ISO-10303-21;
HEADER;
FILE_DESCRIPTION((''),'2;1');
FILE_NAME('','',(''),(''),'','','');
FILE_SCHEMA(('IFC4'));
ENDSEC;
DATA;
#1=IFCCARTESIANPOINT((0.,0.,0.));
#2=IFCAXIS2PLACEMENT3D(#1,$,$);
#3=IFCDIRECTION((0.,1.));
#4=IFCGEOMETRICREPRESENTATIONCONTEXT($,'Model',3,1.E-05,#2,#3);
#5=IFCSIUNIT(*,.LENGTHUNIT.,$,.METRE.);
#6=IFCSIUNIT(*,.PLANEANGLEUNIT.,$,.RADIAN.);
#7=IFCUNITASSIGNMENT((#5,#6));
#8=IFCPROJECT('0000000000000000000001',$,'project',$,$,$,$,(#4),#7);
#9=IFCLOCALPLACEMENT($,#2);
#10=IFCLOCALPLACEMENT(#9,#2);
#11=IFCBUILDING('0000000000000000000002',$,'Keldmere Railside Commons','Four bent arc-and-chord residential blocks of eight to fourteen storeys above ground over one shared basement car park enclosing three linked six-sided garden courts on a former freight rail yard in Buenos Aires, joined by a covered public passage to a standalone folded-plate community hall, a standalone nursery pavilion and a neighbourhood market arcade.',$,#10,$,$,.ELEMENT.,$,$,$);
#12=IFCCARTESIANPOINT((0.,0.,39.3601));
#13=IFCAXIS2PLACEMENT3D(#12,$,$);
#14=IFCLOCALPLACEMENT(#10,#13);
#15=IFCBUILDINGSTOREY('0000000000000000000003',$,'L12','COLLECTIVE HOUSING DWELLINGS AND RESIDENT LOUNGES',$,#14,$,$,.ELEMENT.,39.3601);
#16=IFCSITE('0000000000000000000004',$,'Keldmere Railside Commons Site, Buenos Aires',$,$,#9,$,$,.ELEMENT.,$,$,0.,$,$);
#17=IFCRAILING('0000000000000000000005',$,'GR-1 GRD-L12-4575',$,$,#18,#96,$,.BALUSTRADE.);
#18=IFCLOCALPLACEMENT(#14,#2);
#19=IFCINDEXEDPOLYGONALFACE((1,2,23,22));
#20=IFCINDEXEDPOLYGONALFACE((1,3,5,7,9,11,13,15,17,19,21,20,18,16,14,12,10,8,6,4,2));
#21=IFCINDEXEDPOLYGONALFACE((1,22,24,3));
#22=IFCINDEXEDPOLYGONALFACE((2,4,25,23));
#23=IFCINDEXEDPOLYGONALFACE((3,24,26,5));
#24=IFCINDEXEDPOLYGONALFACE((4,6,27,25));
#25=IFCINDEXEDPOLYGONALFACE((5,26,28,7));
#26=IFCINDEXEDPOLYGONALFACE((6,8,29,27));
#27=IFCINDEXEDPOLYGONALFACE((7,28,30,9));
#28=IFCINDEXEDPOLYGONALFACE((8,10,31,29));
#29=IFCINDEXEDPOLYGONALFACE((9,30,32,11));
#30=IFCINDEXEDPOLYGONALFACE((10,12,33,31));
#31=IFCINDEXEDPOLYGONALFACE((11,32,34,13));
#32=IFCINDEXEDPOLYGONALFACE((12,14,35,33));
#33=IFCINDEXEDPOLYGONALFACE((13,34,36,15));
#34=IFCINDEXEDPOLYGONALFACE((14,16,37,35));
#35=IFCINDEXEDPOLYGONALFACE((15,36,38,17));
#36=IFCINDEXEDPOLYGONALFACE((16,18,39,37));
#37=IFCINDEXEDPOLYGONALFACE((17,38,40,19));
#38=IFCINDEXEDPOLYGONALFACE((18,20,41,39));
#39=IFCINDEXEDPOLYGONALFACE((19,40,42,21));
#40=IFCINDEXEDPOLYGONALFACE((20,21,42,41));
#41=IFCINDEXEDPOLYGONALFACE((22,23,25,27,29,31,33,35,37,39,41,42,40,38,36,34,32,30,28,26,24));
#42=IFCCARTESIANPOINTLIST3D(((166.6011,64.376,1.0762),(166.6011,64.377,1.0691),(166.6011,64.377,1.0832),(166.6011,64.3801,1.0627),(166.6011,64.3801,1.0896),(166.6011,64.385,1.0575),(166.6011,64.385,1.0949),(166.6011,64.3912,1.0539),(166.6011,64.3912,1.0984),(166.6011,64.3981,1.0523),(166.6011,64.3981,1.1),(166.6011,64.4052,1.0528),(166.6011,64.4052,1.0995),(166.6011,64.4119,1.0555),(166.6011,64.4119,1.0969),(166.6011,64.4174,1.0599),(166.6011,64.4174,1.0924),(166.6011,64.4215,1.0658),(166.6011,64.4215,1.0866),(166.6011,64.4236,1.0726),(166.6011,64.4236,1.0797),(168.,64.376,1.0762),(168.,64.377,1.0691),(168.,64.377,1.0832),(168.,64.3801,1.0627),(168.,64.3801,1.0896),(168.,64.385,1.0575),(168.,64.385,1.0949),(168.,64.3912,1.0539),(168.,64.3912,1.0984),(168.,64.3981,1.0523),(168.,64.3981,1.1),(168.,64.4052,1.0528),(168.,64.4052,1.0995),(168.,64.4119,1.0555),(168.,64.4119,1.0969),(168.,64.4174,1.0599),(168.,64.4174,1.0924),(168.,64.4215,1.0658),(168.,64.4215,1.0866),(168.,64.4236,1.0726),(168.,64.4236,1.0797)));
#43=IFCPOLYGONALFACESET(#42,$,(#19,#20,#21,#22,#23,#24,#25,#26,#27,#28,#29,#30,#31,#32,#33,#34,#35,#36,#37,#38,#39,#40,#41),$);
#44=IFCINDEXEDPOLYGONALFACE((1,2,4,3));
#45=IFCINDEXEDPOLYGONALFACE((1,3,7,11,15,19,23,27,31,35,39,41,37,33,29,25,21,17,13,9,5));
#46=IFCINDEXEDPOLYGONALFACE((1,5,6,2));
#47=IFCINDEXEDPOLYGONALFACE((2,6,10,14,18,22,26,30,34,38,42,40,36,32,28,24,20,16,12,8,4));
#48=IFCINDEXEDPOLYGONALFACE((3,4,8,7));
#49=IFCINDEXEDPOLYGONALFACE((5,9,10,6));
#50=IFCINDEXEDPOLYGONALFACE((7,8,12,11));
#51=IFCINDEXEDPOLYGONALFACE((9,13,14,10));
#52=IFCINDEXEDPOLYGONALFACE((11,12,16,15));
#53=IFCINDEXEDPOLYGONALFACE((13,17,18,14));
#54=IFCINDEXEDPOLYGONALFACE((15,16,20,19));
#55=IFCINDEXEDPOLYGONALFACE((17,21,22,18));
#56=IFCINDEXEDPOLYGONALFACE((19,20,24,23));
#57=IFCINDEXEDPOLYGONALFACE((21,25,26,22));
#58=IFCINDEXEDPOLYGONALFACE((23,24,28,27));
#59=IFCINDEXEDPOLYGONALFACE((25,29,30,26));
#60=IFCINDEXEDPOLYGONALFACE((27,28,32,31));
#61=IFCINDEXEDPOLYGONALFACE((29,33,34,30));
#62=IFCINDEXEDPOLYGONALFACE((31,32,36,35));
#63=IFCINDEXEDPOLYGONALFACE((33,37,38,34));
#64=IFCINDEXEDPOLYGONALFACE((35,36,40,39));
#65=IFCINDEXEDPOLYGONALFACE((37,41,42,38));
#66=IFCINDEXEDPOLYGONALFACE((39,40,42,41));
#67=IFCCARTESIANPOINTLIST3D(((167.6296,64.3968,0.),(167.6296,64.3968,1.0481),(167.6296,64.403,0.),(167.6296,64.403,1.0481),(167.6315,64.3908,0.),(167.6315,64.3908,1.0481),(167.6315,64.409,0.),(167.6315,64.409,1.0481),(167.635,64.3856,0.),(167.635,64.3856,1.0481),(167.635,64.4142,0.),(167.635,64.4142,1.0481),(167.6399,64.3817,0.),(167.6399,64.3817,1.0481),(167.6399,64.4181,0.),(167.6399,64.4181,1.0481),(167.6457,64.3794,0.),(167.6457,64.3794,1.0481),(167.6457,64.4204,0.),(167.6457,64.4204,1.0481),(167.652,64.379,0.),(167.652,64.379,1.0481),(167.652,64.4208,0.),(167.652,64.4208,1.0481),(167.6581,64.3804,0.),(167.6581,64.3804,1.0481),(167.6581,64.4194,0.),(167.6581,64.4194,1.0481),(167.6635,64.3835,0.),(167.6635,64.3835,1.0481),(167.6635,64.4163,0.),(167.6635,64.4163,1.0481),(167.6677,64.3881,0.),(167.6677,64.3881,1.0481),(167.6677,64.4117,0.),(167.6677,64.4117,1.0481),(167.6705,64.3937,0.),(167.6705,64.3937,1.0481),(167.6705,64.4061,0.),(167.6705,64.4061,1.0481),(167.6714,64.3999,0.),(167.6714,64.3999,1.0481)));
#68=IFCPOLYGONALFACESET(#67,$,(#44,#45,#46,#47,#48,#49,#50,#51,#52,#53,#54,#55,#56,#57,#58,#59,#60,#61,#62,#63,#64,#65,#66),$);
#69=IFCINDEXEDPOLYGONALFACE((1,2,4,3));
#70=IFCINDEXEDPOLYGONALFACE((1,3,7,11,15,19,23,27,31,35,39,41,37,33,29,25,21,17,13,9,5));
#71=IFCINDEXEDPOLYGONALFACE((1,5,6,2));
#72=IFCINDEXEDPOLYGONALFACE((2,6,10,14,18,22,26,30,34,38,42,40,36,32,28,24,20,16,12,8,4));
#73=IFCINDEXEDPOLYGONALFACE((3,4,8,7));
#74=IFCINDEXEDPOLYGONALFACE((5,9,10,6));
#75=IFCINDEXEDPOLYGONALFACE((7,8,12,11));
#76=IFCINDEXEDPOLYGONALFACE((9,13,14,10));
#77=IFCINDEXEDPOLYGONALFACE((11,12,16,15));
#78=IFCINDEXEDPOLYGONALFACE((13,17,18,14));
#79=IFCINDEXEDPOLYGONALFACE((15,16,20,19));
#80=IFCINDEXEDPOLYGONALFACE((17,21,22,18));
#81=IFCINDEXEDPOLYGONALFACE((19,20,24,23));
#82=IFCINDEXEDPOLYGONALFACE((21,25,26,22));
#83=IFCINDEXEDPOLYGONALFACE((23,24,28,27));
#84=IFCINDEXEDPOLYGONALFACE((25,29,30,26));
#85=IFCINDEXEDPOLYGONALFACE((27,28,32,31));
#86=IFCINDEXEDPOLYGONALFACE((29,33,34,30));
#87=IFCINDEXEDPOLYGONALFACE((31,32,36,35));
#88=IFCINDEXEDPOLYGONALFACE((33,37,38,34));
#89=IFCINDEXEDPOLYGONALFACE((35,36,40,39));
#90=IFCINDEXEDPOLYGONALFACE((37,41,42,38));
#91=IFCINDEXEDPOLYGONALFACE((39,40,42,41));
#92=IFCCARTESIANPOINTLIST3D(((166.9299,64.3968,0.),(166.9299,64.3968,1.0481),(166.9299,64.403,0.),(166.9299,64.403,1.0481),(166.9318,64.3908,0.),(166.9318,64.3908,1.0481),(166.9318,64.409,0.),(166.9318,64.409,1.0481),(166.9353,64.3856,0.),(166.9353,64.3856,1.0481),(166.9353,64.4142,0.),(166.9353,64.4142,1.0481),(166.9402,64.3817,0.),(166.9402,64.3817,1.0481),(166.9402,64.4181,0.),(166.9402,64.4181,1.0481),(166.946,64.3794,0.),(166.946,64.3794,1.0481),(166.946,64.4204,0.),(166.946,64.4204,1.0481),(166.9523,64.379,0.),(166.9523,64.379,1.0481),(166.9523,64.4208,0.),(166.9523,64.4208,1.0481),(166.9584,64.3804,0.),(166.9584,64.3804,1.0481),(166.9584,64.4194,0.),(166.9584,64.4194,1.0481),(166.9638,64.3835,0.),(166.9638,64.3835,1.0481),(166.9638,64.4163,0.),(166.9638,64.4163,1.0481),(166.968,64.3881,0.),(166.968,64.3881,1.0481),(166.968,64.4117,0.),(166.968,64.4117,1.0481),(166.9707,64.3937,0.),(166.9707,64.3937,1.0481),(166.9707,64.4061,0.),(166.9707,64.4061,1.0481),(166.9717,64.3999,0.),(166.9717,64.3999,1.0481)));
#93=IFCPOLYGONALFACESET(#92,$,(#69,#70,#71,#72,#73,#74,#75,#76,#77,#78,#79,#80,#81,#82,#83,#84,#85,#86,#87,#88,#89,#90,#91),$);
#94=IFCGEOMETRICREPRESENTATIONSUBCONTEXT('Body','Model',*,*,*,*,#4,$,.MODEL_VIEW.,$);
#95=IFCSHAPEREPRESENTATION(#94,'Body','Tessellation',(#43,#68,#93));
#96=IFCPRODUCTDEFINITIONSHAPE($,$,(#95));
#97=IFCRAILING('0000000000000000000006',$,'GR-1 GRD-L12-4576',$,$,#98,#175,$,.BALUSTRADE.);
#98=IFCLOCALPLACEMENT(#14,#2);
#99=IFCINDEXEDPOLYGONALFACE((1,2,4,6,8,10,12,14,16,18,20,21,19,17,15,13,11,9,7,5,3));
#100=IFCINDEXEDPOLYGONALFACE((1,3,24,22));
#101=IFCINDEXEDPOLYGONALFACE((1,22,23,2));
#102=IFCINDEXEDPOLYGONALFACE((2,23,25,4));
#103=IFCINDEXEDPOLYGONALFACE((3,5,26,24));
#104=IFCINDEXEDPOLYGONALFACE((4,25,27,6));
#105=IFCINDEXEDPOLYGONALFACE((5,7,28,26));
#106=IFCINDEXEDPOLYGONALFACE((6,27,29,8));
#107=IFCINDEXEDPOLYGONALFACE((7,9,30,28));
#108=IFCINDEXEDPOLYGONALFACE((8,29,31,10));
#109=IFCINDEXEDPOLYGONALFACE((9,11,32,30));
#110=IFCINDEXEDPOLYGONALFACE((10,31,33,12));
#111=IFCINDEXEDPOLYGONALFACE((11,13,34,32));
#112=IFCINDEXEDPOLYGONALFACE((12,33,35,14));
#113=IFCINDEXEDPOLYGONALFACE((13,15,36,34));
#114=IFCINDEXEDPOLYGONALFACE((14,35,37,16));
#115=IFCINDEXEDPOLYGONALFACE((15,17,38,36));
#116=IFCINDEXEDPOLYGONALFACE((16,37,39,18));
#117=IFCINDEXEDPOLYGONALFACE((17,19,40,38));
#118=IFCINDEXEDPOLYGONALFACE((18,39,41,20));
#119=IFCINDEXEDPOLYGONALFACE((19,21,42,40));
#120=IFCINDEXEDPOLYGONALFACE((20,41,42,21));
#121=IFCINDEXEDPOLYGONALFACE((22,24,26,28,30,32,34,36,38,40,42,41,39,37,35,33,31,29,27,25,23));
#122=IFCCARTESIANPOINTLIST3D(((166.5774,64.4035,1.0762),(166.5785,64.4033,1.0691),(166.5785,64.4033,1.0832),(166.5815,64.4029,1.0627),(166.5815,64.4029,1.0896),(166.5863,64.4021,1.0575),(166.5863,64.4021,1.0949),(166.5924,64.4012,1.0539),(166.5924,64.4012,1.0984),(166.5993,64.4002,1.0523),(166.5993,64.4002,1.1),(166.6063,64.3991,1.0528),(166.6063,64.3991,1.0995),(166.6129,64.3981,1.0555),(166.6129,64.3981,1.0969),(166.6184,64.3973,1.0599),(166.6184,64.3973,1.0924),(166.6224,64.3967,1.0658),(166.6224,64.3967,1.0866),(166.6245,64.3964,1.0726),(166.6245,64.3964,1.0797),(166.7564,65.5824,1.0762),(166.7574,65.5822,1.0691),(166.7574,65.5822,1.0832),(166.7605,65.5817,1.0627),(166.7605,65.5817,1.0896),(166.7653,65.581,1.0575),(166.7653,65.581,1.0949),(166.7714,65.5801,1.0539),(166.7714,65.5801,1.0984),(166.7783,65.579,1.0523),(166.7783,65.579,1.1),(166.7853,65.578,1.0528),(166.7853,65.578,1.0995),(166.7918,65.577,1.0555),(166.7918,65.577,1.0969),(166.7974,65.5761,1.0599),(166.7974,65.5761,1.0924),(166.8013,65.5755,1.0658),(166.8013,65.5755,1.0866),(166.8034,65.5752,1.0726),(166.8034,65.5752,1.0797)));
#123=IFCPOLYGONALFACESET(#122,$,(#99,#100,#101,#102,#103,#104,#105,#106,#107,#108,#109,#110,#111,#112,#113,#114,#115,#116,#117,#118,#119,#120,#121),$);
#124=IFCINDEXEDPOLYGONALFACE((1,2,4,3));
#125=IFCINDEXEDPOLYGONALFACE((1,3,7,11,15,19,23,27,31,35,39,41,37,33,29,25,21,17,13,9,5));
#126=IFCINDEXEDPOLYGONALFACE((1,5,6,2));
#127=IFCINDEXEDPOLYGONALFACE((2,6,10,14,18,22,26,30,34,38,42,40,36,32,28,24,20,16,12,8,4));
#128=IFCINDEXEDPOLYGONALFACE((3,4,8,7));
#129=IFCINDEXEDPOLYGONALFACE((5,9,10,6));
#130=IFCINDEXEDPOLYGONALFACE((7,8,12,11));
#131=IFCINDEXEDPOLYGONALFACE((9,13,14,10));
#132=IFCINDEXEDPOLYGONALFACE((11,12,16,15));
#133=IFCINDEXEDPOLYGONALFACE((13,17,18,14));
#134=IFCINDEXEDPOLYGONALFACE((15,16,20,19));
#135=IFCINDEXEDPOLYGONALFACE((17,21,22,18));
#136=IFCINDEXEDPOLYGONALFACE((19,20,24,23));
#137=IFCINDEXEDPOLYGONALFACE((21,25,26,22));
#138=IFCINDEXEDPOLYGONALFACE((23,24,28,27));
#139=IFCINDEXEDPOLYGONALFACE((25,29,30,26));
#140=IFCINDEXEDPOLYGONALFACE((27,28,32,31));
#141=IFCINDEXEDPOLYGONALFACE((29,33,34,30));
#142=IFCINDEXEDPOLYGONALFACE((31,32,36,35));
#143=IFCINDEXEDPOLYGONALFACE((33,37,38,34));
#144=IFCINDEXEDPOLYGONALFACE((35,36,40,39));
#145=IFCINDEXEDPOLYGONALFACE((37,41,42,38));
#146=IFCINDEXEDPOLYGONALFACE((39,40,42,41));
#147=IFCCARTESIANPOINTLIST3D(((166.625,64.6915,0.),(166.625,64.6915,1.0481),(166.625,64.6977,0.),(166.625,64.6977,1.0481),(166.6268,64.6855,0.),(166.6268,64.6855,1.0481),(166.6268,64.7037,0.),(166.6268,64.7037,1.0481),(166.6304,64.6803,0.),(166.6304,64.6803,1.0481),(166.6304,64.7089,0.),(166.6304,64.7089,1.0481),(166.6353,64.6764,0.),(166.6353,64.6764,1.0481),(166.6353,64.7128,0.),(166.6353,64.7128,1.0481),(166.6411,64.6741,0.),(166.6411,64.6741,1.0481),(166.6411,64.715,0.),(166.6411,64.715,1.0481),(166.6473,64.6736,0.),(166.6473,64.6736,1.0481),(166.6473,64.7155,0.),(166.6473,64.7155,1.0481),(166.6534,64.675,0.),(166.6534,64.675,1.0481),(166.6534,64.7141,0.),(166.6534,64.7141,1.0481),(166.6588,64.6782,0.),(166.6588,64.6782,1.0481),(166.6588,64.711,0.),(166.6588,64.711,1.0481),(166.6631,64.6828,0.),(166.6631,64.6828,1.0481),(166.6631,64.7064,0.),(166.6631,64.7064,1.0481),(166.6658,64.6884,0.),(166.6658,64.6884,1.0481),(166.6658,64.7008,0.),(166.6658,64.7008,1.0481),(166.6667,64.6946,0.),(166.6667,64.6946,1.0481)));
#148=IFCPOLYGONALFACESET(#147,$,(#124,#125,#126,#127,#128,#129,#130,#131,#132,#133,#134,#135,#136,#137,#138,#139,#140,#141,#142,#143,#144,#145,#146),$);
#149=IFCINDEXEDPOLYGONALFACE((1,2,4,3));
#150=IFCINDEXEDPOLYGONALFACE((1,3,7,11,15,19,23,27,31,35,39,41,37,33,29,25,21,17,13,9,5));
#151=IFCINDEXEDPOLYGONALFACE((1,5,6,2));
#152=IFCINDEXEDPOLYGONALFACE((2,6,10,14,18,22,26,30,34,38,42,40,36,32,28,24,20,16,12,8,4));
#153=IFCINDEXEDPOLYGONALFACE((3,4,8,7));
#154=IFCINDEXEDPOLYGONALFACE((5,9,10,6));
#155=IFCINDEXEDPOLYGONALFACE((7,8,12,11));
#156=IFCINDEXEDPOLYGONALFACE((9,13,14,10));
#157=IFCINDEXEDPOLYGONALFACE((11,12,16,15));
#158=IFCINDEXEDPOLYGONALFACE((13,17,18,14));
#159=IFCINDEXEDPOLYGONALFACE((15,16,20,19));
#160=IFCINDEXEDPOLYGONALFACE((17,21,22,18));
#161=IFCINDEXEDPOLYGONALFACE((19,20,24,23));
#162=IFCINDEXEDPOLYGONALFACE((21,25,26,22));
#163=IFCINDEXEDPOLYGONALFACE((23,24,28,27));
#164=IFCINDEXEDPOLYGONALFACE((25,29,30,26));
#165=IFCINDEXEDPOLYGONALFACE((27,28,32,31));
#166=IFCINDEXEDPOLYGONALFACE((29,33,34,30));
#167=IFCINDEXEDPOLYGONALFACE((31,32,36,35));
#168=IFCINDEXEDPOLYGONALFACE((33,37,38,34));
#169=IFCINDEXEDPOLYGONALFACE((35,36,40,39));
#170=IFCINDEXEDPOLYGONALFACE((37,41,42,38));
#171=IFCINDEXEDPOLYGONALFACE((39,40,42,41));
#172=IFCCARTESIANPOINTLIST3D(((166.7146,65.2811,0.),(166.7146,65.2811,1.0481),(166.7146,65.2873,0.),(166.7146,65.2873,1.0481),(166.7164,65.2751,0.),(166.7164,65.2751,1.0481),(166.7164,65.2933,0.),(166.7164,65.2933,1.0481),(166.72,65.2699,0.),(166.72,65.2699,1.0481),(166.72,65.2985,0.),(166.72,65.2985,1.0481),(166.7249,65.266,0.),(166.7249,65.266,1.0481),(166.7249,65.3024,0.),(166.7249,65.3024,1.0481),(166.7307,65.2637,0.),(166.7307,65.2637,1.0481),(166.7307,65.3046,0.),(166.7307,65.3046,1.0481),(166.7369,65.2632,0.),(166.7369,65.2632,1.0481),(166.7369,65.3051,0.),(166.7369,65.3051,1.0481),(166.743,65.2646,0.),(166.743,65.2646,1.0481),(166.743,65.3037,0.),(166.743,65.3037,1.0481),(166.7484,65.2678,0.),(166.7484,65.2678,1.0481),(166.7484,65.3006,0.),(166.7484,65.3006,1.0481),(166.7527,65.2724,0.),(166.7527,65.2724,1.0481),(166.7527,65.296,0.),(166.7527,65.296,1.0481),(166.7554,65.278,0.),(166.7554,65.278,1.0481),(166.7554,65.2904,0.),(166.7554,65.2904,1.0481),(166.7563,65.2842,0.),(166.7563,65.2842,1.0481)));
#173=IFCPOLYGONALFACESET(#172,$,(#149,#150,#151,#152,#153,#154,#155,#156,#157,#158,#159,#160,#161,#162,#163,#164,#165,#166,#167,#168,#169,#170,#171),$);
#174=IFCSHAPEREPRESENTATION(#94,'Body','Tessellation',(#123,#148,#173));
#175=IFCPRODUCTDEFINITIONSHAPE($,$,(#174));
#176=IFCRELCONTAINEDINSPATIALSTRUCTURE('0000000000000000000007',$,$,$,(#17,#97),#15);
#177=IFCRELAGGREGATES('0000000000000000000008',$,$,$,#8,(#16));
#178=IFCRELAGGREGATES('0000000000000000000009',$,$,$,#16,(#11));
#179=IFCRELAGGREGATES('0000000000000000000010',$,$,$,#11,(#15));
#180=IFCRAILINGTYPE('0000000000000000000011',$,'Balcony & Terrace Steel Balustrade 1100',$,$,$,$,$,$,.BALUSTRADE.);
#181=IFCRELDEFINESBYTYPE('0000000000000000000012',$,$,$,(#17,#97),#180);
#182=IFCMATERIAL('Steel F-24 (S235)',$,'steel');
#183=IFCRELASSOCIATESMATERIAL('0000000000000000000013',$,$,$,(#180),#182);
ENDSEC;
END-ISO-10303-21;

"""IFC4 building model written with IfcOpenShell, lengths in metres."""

from ifc_helpers import new_model, si_unit, direction, frame, origin, origin_2d, place, context, subcontext, project, spatial, circle, extrude, material, type_object, element, save


model = new_model("IFC4")

# Units and contexts
model_context = context("Model", 3, precision=1e-05, world=origin(), true_north=direction((0.0, 1.0)))
body_context = subcontext(model_context, "Body", "Model", "MODEL_VIEW")
ifc_project = project(units=[si_unit("LENGTHUNIT", "METRE"), si_unit("PLANEANGLEUNIT", "RADIAN")], contexts=[model_context])

# Site, building, storey
site_placement = place(None, origin())
site = spatial("IfcSite", under=ifc_project, at=site_placement, Name="Keldmere Railside Commons Site, Buenos Aires", CompositionType="ELEMENT", RefElevation=0.0)
building_placement = place(site_placement, origin())
building = spatial("IfcBuilding", under=site, at=building_placement, Name="Keldmere Railside Commons", Description="Four bent arc-and-chord residential blocks of eight to fourteen storeys above ground over one shared basement car park enclosing three linked six-sided garden courts on a former freight rail yard in Buenos Aires, joined by a covered public passage to a standalone folded-plate community hall, a standalone nursery pavilion and a neighbourhood market arcade.", CompositionType="ELEMENT")
storey_placement = place(building_placement, frame((0.0, 0.0, 39.3601)))
storey = spatial("IfcBuildingStorey", under=building, at=storey_placement, Name="L12", Description="COLLECTIVE HOUSING DWELLINGS AND RESIDENT LOUNGES", CompositionType="ELEMENT", Elevation=39.3601)

# Railings
ifc_material_1 = material(Name="Steel F-24 (S235)", Category="steel")
railing_type = type_object("IfcRailingType", Name="Balcony & Terrace Steel Balustrade 1100", PredefinedType="BALUSTRADE", material=ifc_material_1)
railing_1_placement = place(storey_placement, frame((168.0, 64.3999, 0.0)))
element("IfcRailing", 1, at=railing_1_placement, inside=storey, type_object=railing_type, Name="GR-1 GRD-L12-4575", PredefinedType="BALUSTRADE", context=body_context, shape_type="SweptSolid", body=[
    extrude(circle(Radius=0.0239, at=origin_2d()), frame((0.0, 0.0, 1.0762), z_axis=(-1.0, 0.0, 0.0), x_axis=(0.0, -1.0, 0.0)), (0.0, 0.0, 1.0), 1.3989),
    extrude(circle(Radius=0.021, at=origin_2d()), frame((-0.3496, 0.0, 0.0)), (0.0, 0.0, 1.0), 1.0481),
    extrude(circle(Radius=0.021, at=origin_2d()), frame((-1.0493, 0.0, 0.0)), (0.0, 0.0, 1.0), 1.0481),
])
railing_2_placement = place(storey_placement, frame((166.6011, 64.3999, 0.0)))
element("IfcRailing", 2, at=railing_2_placement, inside=storey, type_object=railing_type, Name="GR-1 GRD-L12-4576", PredefinedType="BALUSTRADE", context=body_context, shape_type="SweptSolid", body=[
    extrude(circle(Radius=0.0239, at=origin_2d()), frame((0.0, 0.0, 1.0762), z_axis=(0.150072, 0.988675, 0.0), x_axis=(-0.988675, 0.150072, 0.0)), (0.0, 0.0, 1.0), 1.1924),
    extrude(circle(Radius=0.021, at=origin_2d()), frame((0.0447, 0.2947, 0.0)), (0.0, 0.0, 1.0), 1.0481),
    extrude(circle(Radius=0.021, at=origin_2d()), frame((0.1343, 0.8843, 0.0)), (0.0, 0.0, 1.0), 1.0481),
])

save(model, "model.ifc")
